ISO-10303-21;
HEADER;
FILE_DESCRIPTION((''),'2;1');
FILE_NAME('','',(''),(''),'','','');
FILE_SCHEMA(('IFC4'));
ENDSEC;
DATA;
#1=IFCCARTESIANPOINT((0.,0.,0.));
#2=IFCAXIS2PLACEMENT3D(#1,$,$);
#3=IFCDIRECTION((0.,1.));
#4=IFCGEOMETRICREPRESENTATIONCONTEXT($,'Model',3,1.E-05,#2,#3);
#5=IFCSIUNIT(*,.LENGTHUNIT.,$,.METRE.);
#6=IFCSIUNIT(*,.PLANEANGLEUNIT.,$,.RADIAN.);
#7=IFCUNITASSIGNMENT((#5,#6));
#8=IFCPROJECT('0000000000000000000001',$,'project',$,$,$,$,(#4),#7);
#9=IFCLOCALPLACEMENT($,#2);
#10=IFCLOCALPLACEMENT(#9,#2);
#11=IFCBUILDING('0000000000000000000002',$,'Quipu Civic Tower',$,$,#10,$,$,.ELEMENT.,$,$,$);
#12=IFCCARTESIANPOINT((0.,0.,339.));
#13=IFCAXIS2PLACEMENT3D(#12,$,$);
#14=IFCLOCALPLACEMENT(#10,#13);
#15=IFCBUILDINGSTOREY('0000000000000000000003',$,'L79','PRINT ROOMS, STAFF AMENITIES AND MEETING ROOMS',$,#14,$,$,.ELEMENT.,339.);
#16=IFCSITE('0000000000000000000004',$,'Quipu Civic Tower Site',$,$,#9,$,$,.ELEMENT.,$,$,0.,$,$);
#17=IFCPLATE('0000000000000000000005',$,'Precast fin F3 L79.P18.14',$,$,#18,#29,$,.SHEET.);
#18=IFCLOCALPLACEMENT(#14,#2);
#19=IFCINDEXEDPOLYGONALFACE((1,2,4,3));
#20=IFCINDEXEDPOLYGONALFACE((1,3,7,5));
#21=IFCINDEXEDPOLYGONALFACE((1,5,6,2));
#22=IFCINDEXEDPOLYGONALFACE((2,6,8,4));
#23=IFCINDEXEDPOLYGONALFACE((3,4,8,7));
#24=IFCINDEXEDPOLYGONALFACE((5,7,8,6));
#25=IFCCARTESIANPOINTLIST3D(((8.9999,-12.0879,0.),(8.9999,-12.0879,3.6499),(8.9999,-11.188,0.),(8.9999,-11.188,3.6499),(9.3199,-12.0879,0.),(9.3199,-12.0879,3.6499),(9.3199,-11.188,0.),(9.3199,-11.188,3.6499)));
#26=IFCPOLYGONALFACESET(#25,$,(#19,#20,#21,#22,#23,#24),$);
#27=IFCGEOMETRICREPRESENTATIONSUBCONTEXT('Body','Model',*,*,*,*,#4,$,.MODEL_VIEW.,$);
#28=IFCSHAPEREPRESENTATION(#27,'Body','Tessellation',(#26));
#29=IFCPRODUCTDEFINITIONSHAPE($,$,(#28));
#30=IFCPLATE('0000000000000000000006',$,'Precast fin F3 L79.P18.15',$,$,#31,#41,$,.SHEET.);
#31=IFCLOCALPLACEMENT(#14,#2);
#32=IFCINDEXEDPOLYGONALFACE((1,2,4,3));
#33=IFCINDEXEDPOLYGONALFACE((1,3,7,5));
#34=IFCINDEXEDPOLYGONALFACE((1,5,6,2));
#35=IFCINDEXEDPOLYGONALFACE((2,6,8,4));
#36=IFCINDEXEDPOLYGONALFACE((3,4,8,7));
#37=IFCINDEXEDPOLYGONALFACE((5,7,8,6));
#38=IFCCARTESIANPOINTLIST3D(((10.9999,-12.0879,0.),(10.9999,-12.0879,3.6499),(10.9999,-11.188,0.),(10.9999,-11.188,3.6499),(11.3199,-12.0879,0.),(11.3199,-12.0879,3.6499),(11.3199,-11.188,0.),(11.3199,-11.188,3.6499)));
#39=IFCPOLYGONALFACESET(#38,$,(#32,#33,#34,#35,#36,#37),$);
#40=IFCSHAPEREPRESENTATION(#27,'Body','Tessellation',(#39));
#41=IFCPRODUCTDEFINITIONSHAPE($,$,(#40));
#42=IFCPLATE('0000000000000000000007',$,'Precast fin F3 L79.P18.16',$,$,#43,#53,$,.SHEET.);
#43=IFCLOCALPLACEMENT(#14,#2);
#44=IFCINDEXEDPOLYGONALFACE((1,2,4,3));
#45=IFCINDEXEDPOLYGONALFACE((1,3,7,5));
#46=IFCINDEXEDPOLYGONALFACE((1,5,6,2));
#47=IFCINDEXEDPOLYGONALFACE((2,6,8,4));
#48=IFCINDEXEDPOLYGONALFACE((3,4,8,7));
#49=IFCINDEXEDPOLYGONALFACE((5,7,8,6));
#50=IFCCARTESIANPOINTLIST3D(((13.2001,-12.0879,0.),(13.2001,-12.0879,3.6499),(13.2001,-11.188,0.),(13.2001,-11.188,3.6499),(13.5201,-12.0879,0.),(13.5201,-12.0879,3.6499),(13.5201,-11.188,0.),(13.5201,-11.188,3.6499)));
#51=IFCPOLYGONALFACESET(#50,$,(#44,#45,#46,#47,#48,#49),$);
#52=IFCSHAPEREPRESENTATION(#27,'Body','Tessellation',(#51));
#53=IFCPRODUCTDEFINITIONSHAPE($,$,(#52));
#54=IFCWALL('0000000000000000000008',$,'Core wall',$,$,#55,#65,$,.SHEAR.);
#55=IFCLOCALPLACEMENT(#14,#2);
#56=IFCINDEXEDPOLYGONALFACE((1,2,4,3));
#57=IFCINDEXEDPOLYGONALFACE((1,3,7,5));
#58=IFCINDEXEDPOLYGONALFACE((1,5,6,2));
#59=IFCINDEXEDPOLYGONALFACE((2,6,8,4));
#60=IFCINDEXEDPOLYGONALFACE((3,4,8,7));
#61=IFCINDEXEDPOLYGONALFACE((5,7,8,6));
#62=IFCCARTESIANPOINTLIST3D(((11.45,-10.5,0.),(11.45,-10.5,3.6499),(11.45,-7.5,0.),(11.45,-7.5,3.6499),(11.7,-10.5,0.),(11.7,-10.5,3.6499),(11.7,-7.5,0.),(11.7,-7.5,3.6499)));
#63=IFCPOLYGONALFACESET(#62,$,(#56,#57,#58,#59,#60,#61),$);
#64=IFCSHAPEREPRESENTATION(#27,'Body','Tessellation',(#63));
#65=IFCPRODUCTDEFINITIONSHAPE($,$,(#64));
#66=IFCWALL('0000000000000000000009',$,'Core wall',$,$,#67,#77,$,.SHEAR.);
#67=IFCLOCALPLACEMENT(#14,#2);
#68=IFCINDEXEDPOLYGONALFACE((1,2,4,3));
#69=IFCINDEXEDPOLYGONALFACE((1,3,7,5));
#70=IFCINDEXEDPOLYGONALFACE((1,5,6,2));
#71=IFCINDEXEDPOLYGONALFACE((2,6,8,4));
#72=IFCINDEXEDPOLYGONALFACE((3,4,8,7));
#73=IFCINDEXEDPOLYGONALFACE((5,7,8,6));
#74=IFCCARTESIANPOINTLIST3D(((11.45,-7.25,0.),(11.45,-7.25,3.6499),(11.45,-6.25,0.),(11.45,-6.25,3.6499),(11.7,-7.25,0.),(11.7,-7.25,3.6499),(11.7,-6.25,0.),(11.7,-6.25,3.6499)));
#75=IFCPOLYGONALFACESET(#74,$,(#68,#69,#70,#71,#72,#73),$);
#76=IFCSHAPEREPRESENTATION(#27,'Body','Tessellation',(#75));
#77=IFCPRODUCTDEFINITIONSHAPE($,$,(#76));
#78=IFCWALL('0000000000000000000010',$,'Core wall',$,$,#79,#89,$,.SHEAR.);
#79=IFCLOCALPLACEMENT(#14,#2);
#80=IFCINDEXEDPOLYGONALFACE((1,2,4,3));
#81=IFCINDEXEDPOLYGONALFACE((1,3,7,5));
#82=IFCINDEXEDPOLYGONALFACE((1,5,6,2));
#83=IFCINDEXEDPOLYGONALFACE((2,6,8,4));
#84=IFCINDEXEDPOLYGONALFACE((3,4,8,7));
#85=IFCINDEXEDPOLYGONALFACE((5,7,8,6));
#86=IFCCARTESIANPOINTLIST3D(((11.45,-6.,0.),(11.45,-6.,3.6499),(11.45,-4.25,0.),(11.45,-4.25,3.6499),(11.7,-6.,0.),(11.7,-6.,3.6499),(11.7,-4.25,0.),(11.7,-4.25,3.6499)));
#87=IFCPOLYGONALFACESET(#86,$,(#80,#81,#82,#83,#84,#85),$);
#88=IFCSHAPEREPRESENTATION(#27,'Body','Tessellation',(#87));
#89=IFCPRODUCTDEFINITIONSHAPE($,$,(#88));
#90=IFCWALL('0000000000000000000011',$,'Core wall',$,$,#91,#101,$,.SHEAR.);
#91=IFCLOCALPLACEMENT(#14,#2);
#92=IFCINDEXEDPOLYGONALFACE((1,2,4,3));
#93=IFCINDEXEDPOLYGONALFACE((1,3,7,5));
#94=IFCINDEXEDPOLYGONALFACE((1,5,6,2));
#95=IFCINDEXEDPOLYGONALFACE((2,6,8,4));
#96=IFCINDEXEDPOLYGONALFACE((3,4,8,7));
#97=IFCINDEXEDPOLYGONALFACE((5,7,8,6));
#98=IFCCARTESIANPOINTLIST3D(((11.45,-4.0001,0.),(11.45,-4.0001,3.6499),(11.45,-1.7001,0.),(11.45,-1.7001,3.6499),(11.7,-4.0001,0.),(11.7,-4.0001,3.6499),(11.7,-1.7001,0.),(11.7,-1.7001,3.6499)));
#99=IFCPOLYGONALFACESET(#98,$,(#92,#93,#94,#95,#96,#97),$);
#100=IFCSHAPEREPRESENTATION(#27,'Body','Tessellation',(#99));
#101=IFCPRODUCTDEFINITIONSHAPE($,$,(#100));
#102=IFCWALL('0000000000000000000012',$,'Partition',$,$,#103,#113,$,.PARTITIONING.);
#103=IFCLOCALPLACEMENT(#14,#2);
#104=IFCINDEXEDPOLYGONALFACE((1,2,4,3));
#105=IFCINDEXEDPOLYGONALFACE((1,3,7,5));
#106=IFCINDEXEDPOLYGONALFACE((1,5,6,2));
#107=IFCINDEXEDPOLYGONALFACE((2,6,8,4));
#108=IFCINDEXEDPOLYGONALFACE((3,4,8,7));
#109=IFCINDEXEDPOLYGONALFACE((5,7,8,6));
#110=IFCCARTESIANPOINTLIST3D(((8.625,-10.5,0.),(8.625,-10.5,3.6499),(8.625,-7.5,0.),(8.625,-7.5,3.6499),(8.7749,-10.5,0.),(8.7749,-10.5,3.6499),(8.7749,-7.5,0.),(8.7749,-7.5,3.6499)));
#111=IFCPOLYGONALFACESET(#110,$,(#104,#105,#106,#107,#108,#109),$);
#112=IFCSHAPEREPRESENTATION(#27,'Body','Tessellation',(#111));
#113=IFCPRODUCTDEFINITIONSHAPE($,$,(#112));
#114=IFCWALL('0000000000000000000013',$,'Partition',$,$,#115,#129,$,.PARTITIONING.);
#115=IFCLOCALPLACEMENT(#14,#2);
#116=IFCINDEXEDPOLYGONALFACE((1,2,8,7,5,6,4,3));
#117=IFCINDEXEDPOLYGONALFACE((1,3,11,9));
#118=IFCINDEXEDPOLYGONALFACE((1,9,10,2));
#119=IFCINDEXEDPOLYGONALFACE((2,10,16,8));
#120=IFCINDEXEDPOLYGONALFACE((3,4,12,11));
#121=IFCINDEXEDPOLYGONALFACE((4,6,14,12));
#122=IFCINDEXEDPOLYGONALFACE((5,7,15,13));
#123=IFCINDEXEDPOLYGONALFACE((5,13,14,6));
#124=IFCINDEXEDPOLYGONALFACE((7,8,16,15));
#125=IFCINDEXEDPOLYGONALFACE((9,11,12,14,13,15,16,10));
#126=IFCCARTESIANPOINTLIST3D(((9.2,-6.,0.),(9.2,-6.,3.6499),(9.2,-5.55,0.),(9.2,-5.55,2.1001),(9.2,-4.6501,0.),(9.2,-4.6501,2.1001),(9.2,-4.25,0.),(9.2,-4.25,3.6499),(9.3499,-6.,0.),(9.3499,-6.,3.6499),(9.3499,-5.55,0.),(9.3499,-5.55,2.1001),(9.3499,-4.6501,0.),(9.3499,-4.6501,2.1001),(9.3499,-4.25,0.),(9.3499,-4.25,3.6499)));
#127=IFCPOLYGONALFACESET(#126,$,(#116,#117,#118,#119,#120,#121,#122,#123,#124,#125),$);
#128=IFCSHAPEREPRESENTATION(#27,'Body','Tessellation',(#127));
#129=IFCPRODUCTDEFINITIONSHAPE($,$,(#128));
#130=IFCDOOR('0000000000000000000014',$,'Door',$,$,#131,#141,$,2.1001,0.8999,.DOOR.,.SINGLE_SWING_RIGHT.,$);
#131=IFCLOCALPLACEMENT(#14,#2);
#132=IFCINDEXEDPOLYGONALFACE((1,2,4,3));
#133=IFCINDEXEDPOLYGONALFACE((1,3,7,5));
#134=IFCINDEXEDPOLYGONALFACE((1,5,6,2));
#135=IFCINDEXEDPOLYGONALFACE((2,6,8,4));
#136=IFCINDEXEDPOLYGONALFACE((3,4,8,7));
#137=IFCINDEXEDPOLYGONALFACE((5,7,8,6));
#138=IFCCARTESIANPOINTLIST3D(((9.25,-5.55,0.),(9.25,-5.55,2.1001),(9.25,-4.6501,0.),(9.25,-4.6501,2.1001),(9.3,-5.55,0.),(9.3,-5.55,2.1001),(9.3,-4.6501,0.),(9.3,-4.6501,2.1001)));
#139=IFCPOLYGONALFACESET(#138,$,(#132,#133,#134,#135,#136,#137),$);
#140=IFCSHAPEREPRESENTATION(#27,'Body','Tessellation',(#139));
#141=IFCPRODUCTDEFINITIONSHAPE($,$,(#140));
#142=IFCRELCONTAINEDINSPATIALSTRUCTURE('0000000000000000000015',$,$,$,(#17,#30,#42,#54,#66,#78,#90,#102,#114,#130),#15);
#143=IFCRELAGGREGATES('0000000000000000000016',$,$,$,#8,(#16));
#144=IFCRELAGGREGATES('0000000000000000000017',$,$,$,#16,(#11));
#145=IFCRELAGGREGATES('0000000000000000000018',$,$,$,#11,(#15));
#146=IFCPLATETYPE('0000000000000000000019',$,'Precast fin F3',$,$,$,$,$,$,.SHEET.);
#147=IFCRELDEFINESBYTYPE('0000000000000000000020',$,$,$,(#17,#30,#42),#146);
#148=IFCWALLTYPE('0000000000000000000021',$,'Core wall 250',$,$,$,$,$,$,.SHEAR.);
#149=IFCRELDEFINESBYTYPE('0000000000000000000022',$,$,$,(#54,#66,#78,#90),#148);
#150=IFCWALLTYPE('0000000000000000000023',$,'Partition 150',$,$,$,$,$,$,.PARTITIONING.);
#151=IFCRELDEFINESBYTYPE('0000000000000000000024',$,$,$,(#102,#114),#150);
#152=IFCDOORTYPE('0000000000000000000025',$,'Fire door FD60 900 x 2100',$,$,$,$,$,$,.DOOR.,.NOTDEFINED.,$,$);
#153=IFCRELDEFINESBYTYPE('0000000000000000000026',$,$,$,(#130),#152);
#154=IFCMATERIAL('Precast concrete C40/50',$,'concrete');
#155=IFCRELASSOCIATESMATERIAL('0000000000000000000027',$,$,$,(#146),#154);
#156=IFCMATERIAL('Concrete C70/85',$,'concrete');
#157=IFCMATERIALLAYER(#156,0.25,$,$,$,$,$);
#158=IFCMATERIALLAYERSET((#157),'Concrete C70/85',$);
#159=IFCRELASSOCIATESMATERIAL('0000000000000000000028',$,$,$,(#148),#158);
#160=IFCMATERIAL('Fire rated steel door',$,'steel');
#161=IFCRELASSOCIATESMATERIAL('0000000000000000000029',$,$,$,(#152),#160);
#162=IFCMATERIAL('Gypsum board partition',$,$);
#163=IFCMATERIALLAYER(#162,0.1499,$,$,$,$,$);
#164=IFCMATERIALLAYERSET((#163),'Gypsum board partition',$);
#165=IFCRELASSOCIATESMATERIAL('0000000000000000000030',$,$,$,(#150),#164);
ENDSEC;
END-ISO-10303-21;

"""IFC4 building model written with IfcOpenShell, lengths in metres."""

from ifc_helpers import new_model, si_unit, direction, frame, frame_2d, origin, origin_2d, place, context, subcontext, project, spatial, rectangle, extrude, material, layer, layer_set, type_object, element, fill, save


model = new_model("IFC4")

# Units and contexts
model_context = context("Model", 3, precision=1e-05, world=origin(), true_north=direction((0.0, 1.0)))
body_context = subcontext(model_context, "Body", "Model", "MODEL_VIEW")
ifc_project = project(units=[si_unit("LENGTHUNIT", "METRE"), si_unit("PLANEANGLEUNIT", "RADIAN")], contexts=[model_context])

# Site, building, storey
site_placement = place(None, origin())
site = spatial("IfcSite", under=ifc_project, at=site_placement, Name="Quipu Civic Tower Site", CompositionType="ELEMENT", RefElevation=0.0)
building_placement = place(site_placement, origin())
building = spatial("IfcBuilding", under=site, at=building_placement, Name="Quipu Civic Tower", CompositionType="ELEMENT")
storey_placement = place(building_placement, frame((0.0, 0.0, 339.0)))
storey = spatial("IfcBuildingStorey", under=building, at=storey_placement, Name="L79", Description="PRINT ROOMS, STAFF AMENITIES AND MEETING ROOMS", CompositionType="ELEMENT", Elevation=339.0)

# Plates
ifc_material_1 = material(Name="Precast concrete C40/50", Category="concrete")
plate_type = type_object("IfcPlateType", Name="Precast fin F3", PredefinedType="SHEET", material=ifc_material_1)
for number, where, z_axis, x_axis, name in (
    (1, (9.1599, -11.6379, 0.0), (0.0, 0.0, 1.0), (1.0, 0.0, 0.0), "Precast fin F3 L79.P18.14"),
    (2, (11.1599, -11.6379, 0.0), (0.0, 0.0, 1.0), (1.0, 0.0, 0.0), "Precast fin F3 L79.P18.15"),
    (3, (13.3601, -11.6379, 0.0), (0.0, 0.0, 1.0), (1.0, 0.0, 0.0), "Precast fin F3 L79.P18.16"),
):
    element("IfcPlate", number, at=place(storey_placement, frame(where, z_axis=z_axis, x_axis=x_axis)), inside=storey, type_object=plate_type, Name=name, PredefinedType="SHEET", context=body_context, shape_type="SweptSolid", body=[
        extrude(rectangle(XDim=0.3201, YDim=0.8999, at=origin_2d()), origin(), (0.0, 0.0, 1.0), 3.6499),
    ])

# Wall
ifc_material_2 = material(Name="Concrete C70/85", Category="concrete")
ifc_layer_1 = layer(ifc_material_2, 0.25)
ifc_layer_set_1 = layer_set([ifc_layer_1], Name="Concrete C70/85")
wall_type_1 = type_object("IfcWallType", Name="Core wall 250", PredefinedType="SHEAR", material=ifc_layer_set_1)
wall_1_placement = place(storey_placement, frame((11.575, -10.5, 0.0), z_axis=(0.0, 0.0, 1.0), x_axis=(0.0, 1.0, 0.0)))
element("IfcWall", 4, at=wall_1_placement, inside=storey, type_object=wall_type_1, Name="Core wall", PredefinedType="SHEAR", context=body_context, shape_type="SweptSolid", body=[
    extrude(rectangle(XDim=3.0, YDim=0.25, at=frame_2d((1.5, 0.0))), origin(), (0.0, 0.0, 1.0), 3.6499),
])

# Shared definitions
ifc_material_3 = material(Name="Fire rated steel door", Category="steel")
door_type_1 = type_object("IfcDoorType", Name="Fire door FD60 900 x 2100", OperationType="NOTDEFINED", PredefinedType="DOOR", material=ifc_material_3)

# Walls
wall_2_placement = place(storey_placement, frame((11.575, -7.25, 0.0), z_axis=(0.0, 0.0, 1.0), x_axis=(0.0, 1.0, 0.0)))
element("IfcWall", 5, at=wall_2_placement, inside=storey, type_object=wall_type_1, Name="Core wall", PredefinedType="SHEAR", context=body_context, shape_type="SweptSolid", body=[
    extrude(rectangle(XDim=1.0, YDim=0.25, at=frame_2d((0.5, 0.0))), origin(), (0.0, 0.0, 1.0), 3.6499),
])
wall_3_placement = place(storey_placement, frame((11.575, -6.0, 0.0), z_axis=(0.0, 0.0, 1.0), x_axis=(0.0, 1.0, 0.0)))
element("IfcWall", 6, at=wall_3_placement, inside=storey, type_object=wall_type_1, Name="Core wall", PredefinedType="SHEAR", context=body_context, shape_type="SweptSolid", body=[
    extrude(rectangle(XDim=1.75, YDim=0.25, at=frame_2d((0.875, 0.0))), origin(), (0.0, 0.0, 1.0), 3.6499),
])
wall_4_placement = place(storey_placement, frame((11.575, -4.0, 0.0), z_axis=(0.0, 0.0, 1.0), x_axis=(0.0, 1.0, 0.0)))
element("IfcWall", 7, at=wall_4_placement, inside=storey, type_object=wall_type_1, Name="Core wall", PredefinedType="SHEAR", context=body_context, shape_type="SweptSolid", body=[
    extrude(rectangle(XDim=2.3, YDim=0.25, at=frame_2d((1.1499, 0.0))), origin(), (0.0, 0.0, 1.0), 3.6499),
])
ifc_material_4 = material(Name="Gypsum board partition")
ifc_layer_2 = layer(ifc_material_4, 0.1499)
ifc_layer_set_2 = layer_set([ifc_layer_2], Name="Gypsum board partition")
wall_type_2 = type_object("IfcWallType", Name="Partition 150", PredefinedType="PARTITIONING", material=ifc_layer_set_2)
wall_5_placement = place(storey_placement, frame((8.7, -10.5, 0.0), z_axis=(0.0, 0.0, 1.0), x_axis=(0.0, 1.0, 0.0)))
element("IfcWall", 8, at=wall_5_placement, inside=storey, type_object=wall_type_2, Name="Partition", PredefinedType="PARTITIONING", context=body_context, shape_type="SweptSolid", body=[
    extrude(rectangle(XDim=3.0, YDim=0.1499, at=frame_2d((1.5, 0.0))), origin(), (0.0, 0.0, 1.0), 3.6499),
])

# Wall, opening, door
wall_6_placement = place(storey_placement, frame((9.2749, -6.0, 0.0), z_axis=(0.0, 0.0, 1.0), x_axis=(0.0, 1.0, 0.0)))
wall_6 = element("IfcWall", 9, at=wall_6_placement, inside=storey, type_object=wall_type_2, Name="Partition", PredefinedType="PARTITIONING", context=body_context, shape_type="SweptSolid", body=[
    extrude(rectangle(XDim=1.75, YDim=0.1499, at=frame_2d((0.875, 0.0))), origin(), (0.0, 0.0, 1.0), 3.6499),
])
opening_1_placement = place(wall_6_placement, frame((0.45, 0.0, 0.0)))
opening_1 = element("IfcOpeningElement", 10, at=opening_1_placement, cuts=wall_6, PredefinedType="OPENING", context=body_context, shape_type="SweptSolid", body=[
    extrude(rectangle(XDim=0.8999, YDim=2.1001, at=frame_2d((0.45, 1.05))), frame((0.0, 0.085, 0.0), z_axis=(0.0, -1.0, 0.0), x_axis=(1.0, 0.0, 0.0)), (0.0, 0.0, 1.0), 0.1699),
])
door_1_placement = place(opening_1_placement, origin())
door_1 = element("IfcDoor", 11, at=door_1_placement, inside=storey, type_object=door_type_1, Name="Door", OperationType="SINGLE_SWING_RIGHT", OverallHeight=2.1001, OverallWidth=0.8999, PredefinedType="DOOR", context=body_context, shape_type="SweptSolid", body=[
    extrude(rectangle(XDim=0.8999, YDim=2.1001, at=frame_2d((0.45, 1.05))), frame((0.0, 0.0249, 0.0), z_axis=(0.0, -1.0, 0.0), x_axis=(1.0, 0.0, 0.0)), (0.0, 0.0, 1.0), 0.05),
])
fill(opening_1, door_1)

save(model, "model.ifc")
